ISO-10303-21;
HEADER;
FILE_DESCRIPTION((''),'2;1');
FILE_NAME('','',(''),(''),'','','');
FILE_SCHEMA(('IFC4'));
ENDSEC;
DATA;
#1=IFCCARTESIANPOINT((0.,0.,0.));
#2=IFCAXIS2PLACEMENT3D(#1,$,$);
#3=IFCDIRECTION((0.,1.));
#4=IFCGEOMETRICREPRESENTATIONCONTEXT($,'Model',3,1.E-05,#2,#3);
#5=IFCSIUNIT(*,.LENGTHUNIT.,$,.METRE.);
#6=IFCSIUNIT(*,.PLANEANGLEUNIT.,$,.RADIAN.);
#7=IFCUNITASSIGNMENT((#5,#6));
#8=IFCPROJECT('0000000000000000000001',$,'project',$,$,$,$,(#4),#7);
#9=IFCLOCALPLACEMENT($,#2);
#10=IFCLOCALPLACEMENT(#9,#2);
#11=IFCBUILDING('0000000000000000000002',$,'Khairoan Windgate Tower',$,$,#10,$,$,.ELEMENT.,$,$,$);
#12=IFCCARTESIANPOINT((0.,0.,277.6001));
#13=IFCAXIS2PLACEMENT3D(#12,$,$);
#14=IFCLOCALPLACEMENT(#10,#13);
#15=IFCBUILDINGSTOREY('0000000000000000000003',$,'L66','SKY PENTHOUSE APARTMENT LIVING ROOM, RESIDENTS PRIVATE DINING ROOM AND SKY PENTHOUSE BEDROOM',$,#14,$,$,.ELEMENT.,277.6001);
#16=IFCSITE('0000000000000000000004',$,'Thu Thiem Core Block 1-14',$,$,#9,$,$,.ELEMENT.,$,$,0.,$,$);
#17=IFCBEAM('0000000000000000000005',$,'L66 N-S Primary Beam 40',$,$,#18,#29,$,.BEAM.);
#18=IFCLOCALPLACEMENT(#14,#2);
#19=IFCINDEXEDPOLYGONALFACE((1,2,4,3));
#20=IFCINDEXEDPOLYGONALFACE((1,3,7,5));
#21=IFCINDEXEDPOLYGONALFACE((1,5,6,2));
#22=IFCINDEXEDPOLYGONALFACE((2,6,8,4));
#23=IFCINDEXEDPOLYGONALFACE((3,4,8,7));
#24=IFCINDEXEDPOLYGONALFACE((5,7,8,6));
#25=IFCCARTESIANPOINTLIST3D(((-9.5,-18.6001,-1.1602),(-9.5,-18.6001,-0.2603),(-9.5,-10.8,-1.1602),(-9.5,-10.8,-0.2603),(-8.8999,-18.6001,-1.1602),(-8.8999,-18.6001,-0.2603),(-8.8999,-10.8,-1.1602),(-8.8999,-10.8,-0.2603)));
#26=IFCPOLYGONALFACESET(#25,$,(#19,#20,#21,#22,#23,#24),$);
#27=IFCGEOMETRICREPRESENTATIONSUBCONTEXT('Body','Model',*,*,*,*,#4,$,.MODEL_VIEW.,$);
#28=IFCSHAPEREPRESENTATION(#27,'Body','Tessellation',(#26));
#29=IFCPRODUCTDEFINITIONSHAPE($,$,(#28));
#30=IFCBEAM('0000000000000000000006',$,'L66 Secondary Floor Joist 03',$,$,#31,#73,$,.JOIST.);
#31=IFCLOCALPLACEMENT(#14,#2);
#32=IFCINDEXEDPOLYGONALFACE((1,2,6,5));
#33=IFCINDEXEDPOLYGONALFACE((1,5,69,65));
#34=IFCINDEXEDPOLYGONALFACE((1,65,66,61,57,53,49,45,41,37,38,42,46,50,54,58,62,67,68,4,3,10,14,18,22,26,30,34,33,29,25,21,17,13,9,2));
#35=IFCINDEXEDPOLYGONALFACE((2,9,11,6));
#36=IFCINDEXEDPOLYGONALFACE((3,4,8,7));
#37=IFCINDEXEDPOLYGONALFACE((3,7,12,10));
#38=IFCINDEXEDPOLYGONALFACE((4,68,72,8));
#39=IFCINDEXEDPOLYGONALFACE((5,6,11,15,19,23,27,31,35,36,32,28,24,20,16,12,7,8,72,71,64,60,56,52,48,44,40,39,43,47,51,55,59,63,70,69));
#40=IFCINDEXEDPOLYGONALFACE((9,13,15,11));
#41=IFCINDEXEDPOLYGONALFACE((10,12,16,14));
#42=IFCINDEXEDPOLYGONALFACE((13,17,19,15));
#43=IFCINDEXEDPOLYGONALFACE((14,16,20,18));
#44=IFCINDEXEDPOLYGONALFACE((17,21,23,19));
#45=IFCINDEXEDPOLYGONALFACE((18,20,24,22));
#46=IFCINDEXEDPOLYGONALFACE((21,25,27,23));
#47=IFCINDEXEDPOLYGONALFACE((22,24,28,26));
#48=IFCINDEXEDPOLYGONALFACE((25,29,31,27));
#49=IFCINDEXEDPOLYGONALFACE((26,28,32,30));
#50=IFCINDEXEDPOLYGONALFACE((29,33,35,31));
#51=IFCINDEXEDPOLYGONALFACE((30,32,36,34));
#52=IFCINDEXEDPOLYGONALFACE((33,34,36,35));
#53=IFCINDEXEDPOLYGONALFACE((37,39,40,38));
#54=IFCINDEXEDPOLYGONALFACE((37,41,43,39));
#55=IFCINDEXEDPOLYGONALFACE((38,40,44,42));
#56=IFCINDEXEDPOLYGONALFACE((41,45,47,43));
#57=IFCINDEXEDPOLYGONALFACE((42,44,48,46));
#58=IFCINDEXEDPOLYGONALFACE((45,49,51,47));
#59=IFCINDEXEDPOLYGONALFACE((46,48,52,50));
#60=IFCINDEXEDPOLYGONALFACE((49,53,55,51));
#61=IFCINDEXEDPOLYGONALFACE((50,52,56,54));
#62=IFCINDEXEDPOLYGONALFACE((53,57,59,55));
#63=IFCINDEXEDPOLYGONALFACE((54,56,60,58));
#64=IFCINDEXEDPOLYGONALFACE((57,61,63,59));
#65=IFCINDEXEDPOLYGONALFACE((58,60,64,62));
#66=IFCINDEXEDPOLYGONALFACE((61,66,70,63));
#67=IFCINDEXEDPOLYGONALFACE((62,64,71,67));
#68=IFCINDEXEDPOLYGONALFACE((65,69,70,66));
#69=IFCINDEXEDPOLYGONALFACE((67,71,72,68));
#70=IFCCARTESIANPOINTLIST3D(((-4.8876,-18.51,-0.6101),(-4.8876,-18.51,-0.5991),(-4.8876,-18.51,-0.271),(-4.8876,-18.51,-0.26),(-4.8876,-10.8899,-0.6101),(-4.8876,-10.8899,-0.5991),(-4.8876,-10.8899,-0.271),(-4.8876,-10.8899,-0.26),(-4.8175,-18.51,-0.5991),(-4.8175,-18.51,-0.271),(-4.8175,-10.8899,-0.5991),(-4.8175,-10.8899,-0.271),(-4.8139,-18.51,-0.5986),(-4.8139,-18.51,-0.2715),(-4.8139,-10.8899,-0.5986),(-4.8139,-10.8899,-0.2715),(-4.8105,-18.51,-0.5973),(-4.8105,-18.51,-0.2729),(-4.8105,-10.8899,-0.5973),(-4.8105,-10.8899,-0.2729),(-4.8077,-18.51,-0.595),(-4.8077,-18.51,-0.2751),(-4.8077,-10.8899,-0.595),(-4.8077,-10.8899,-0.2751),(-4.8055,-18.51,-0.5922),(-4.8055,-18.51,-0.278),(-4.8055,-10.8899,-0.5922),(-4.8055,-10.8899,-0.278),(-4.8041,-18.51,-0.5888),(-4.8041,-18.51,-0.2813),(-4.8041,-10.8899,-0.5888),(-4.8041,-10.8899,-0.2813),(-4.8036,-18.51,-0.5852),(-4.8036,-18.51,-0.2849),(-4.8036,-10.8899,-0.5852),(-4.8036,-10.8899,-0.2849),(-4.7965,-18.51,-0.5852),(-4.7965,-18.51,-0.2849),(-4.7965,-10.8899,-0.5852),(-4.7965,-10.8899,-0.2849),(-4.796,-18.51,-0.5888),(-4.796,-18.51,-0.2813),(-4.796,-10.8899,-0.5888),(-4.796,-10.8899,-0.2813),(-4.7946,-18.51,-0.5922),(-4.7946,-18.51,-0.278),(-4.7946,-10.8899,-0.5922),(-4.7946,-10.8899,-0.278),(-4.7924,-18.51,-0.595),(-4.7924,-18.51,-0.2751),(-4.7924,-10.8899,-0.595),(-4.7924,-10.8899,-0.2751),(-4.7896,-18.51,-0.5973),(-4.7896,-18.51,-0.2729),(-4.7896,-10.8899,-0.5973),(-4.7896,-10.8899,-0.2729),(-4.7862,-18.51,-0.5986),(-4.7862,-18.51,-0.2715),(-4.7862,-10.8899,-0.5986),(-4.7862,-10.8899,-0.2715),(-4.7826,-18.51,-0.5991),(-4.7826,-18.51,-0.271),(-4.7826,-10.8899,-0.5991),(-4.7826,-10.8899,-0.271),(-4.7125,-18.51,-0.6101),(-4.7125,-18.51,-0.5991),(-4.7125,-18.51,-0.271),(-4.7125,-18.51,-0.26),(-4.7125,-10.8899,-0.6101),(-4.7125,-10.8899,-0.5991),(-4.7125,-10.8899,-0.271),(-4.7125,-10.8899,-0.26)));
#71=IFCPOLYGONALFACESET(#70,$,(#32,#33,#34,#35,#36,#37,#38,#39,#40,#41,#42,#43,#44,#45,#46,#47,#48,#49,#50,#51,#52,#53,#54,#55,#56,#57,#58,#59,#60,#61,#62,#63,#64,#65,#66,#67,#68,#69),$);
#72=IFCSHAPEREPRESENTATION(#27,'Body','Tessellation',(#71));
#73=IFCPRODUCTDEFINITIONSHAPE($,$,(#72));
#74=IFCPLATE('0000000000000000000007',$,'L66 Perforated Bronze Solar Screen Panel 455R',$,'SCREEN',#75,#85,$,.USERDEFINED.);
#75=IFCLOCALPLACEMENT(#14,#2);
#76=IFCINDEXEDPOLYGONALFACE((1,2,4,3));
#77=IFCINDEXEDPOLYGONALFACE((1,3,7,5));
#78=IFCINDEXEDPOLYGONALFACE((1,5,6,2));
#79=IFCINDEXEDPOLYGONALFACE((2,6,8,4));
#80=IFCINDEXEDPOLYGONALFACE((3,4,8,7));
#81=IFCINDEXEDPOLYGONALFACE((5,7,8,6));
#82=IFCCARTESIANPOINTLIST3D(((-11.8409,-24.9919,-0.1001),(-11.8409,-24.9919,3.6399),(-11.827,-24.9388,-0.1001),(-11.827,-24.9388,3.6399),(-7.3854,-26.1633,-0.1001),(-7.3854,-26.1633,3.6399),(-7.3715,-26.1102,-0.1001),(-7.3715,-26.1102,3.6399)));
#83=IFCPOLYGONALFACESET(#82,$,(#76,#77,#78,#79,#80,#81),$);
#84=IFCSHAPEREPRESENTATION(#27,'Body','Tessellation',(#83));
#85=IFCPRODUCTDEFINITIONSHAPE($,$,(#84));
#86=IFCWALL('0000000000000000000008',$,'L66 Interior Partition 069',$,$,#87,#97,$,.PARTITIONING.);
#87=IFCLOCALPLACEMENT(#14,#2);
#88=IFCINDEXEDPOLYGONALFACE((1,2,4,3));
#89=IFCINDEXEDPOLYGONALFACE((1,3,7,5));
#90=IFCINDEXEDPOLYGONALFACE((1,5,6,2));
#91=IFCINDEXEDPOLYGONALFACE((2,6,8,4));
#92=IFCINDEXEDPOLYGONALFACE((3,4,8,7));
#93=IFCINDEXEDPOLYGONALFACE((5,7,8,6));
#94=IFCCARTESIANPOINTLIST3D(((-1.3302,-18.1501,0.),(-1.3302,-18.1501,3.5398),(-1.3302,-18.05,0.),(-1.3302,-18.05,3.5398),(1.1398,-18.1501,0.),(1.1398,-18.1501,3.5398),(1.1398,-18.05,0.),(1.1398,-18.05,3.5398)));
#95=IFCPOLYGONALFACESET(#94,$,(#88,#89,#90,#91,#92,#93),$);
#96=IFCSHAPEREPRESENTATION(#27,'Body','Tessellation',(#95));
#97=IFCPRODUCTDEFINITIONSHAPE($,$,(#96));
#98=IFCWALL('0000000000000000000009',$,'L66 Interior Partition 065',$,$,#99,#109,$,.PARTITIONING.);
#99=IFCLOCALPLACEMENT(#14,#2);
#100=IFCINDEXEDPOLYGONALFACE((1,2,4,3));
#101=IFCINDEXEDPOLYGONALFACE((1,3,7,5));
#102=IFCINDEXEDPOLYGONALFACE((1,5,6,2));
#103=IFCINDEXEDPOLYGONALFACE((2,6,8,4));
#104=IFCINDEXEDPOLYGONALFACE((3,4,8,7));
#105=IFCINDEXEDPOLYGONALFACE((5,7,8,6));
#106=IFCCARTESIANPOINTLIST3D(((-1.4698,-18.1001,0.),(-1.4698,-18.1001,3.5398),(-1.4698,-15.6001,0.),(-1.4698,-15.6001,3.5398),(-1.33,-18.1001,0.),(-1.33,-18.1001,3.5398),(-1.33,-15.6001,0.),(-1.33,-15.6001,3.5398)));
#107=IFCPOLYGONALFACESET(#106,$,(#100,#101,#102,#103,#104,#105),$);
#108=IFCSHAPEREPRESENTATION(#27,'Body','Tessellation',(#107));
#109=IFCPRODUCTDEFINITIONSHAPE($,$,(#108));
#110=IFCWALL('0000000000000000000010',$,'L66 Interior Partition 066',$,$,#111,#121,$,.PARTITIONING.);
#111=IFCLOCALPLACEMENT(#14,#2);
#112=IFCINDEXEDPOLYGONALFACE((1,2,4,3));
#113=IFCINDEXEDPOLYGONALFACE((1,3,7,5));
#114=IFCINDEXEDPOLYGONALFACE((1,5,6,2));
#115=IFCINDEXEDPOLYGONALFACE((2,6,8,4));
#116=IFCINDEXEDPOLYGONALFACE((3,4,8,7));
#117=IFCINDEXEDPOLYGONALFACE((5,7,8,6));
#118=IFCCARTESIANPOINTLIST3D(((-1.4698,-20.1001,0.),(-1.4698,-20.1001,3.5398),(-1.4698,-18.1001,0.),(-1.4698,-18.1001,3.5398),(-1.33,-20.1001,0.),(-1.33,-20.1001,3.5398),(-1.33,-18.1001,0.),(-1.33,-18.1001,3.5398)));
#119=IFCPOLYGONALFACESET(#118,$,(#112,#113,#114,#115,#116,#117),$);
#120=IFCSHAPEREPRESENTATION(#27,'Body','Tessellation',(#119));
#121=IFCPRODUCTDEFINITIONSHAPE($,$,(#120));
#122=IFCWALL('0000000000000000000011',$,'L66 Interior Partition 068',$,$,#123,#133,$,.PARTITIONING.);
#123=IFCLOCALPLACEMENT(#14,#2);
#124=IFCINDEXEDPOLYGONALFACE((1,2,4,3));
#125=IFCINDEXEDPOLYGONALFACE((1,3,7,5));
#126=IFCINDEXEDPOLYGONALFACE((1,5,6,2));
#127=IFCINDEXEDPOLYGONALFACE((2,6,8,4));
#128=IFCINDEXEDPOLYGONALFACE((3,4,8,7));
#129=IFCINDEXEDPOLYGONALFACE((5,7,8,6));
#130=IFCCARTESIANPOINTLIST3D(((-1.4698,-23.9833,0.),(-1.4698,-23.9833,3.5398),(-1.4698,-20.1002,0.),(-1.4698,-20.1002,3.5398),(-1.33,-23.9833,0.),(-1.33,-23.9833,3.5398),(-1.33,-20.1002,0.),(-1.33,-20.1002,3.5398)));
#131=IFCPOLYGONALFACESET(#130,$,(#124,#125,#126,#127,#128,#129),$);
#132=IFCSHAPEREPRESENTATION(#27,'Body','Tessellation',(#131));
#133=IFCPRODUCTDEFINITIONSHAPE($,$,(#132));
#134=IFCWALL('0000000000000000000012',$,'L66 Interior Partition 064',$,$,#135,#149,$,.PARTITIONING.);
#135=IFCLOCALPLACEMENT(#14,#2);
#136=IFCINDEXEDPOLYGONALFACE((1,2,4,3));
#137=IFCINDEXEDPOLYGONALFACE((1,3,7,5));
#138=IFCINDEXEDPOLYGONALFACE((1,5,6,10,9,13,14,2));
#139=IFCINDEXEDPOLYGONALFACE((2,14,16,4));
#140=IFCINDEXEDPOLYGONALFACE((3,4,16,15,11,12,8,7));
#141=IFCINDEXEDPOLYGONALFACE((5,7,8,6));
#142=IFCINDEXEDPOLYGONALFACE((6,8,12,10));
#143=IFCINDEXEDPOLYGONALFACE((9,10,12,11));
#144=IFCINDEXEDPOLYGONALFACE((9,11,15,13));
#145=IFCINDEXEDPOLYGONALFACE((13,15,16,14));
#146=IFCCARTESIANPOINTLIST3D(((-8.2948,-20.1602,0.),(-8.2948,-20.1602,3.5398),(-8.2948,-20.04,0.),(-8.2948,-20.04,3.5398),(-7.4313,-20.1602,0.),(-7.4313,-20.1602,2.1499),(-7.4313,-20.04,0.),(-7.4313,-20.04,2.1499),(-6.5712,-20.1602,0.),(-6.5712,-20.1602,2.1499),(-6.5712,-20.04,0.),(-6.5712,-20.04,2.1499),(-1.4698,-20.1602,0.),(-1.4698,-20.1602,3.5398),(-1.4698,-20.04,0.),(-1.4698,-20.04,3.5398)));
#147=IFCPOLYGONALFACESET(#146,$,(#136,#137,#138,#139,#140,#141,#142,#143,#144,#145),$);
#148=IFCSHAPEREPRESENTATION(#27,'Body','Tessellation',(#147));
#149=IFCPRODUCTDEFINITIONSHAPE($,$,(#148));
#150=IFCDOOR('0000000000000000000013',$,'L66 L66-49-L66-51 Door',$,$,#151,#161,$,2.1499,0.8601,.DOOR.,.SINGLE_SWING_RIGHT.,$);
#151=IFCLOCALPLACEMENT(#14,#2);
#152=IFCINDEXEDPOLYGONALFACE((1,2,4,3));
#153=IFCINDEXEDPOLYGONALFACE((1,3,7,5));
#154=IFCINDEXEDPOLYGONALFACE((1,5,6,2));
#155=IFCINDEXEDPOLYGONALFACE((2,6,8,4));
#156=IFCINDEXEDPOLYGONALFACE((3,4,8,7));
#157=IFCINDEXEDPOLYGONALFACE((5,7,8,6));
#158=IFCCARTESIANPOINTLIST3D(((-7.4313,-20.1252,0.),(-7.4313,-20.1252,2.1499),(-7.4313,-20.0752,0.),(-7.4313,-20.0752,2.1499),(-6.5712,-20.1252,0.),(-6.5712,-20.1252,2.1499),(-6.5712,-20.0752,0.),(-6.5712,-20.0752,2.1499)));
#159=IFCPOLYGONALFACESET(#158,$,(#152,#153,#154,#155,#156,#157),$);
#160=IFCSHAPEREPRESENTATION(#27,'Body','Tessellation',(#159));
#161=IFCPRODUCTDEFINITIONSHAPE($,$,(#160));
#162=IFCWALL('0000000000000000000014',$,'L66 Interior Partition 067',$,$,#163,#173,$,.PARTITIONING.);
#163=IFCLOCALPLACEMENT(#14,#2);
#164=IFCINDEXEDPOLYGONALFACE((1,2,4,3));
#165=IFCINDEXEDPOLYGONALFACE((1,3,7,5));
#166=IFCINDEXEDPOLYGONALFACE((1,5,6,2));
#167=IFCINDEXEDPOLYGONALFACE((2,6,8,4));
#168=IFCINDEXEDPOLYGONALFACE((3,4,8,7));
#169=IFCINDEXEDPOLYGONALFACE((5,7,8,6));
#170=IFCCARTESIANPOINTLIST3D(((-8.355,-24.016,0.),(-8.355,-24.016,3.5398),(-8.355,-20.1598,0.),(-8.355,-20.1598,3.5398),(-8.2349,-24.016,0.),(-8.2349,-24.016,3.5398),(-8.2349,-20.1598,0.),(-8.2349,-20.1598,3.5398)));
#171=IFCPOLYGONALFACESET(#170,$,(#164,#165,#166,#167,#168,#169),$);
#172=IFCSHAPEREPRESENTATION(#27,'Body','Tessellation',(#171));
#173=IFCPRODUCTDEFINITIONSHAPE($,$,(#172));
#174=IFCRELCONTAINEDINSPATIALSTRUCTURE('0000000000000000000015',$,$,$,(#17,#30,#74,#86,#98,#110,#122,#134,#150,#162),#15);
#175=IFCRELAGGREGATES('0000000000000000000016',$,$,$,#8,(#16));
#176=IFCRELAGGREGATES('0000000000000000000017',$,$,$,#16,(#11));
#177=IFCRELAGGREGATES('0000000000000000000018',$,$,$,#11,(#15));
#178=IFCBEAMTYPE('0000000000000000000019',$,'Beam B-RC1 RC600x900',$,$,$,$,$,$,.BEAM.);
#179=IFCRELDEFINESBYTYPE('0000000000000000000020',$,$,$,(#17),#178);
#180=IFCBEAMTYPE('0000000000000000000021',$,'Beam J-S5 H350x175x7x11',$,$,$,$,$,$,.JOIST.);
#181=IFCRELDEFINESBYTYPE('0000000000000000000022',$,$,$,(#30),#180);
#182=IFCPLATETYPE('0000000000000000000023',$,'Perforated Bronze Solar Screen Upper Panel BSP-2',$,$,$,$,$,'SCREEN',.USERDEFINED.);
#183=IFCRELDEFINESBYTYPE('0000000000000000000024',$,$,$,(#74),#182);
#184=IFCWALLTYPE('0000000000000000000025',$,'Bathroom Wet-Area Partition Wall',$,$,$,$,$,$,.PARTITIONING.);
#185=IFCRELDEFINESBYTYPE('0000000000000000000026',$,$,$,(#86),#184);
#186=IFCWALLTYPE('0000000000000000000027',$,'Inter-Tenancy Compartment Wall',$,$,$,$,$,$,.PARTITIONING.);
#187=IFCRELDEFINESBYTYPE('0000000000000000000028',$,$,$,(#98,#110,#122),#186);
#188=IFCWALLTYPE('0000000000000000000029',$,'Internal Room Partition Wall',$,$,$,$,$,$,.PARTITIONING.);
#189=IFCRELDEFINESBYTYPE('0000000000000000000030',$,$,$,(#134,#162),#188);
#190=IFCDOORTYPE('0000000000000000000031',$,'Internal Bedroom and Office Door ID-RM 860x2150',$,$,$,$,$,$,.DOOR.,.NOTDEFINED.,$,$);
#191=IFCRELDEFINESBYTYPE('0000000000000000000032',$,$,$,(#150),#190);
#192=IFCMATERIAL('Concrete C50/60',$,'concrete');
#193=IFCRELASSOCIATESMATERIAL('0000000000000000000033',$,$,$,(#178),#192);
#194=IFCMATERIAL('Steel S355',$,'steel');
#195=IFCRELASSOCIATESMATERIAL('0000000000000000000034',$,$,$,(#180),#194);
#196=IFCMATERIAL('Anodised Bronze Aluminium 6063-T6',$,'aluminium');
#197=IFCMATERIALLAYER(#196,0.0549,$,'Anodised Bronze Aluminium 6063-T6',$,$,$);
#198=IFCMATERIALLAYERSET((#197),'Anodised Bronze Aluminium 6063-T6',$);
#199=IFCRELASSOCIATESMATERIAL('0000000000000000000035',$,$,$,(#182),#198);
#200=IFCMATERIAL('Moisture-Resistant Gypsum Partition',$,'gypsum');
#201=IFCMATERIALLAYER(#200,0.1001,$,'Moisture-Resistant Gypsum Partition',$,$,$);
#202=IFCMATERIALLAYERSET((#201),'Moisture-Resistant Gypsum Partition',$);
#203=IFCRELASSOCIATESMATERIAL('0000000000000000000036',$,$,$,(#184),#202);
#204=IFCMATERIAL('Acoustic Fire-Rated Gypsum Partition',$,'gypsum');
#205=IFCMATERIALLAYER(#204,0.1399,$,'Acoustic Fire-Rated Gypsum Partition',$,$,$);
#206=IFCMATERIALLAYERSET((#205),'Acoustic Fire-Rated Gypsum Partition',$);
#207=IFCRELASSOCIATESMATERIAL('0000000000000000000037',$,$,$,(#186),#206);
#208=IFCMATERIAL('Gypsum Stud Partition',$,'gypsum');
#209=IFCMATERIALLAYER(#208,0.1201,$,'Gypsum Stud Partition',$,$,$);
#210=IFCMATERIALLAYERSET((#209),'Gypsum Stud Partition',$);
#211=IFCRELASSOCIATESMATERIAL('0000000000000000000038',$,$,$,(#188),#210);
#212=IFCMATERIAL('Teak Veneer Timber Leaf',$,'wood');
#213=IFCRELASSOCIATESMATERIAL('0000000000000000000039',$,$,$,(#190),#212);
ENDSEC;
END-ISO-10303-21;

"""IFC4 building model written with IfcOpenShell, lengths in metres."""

from ifc_helpers import new_model, si_unit, direction, frame, frame_2d, origin, origin_2d, place, context, subcontext, project, spatial, rectangle, i_section, extrude, material, layer, layer_set, material_profile, profile_set, type_object, element, fill, save


model = new_model("IFC4")

# Units and contexts
model_context = context("Model", 3, precision=1e-05, world=origin(), true_north=direction((0.0, 1.0)))
body_context = subcontext(model_context, "Body", "Model", "MODEL_VIEW")
ifc_project = project(units=[si_unit("LENGTHUNIT", "METRE"), si_unit("PLANEANGLEUNIT", "RADIAN")], contexts=[model_context])

# Site, building, storey
site_placement = place(None, origin())
site = spatial("IfcSite", under=ifc_project, at=site_placement, Name="Thu Thiem Core Block 1-14", CompositionType="ELEMENT", RefElevation=0.0)
building_placement = place(site_placement, origin())
building = spatial("IfcBuilding", under=site, at=building_placement, Name="Khairoan Windgate Tower", CompositionType="ELEMENT")
storey_placement = place(building_placement, frame((0.0, 0.0, 277.6001)))
storey = spatial("IfcBuildingStorey", under=building, at=storey_placement, Name="L66", Description="SKY PENTHOUSE APARTMENT LIVING ROOM, RESIDENTS PRIVATE DINING ROOM AND SKY PENTHOUSE BEDROOM", CompositionType="ELEMENT", Elevation=277.6001)

# Beams
ifc_material_1 = material(Name="Concrete C50/60", Category="concrete")
ifc_material_profile_1 = material_profile(ifc_material_1, rectangle(XDim=0.6001, YDim=0.8999, at=origin_2d()))
ifc_profile_set_1 = profile_set([ifc_material_profile_1], Name="Concrete C50/60")
beam_type_1 = type_object("IfcBeamType", Name="Beam B-RC1 RC600x900", PredefinedType="BEAM", material=ifc_profile_set_1)
beam_1_placement = place(storey_placement, frame((-9.2, -18.6001, -0.7102), z_axis=(0.0, 1.0, 0.0), x_axis=(-1.0, 0.0, 0.0)))
element("IfcBeam", 1, at=beam_1_placement, inside=storey, type_object=beam_type_1, Name="L66 N-S Primary Beam 40", PredefinedType="BEAM", context=body_context, shape_type="SweptSolid", body=[
    extrude(rectangle(XDim=0.6001, YDim=0.8999, at=origin_2d()), origin(), (0.0, 0.0, 1.0), 7.8),
])
ifc_material_2 = material(Name="Steel S355", Category="steel")
ifc_material_profile_2 = material_profile(ifc_material_2, i_section(OverallWidth=0.175, OverallDepth=0.3501, WebThickness=0.0071, FlangeThickness=0.011, FilletRadius=0.0139, at=origin_2d()))
ifc_profile_set_2 = profile_set([ifc_material_profile_2], Name="Steel S355")
beam_type_2 = type_object("IfcBeamType", Name="Beam J-S5 H350x175x7x11", PredefinedType="JOIST", material=ifc_profile_set_2)
beam_2_placement = place(storey_placement, frame((-4.8, -18.51, -0.4351), z_axis=(0.0, 1.0, 0.0), x_axis=(-1.0, 0.0, 0.0)))
element("IfcBeam", 2, at=beam_2_placement, inside=storey, type_object=beam_type_2, Name="L66 Secondary Floor Joist 03", PredefinedType="JOIST", context=body_context, shape_type="SweptSolid", body=[
    extrude(i_section(OverallWidth=0.175, OverallDepth=0.3501, WebThickness=0.0071, FlangeThickness=0.011, FilletRadius=0.0139, at=origin_2d()), origin(), (0.0, 0.0, 1.0), 7.6201),
])

# Plate
ifc_material_3 = material(Name="Anodised Bronze Aluminium 6063-T6", Category="aluminium")
ifc_layer_1 = layer(ifc_material_3, 0.0549, Name="Anodised Bronze Aluminium 6063-T6")
ifc_layer_set_1 = layer_set([ifc_layer_1], Name="Anodised Bronze Aluminium 6063-T6")
plate_type = type_object("IfcPlateType", Name="Perforated Bronze Solar Screen Upper Panel BSP-2", ElementType="SCREEN", PredefinedType="USERDEFINED", material=ifc_layer_set_1)
plate_placement = place(storey_placement, frame((-9.6062, -25.551, -0.1001), z_axis=(0.0, 0.0, 1.0), x_axis=(-0.967135, 0.254264, 0.0)))
element("IfcPlate", 3, at=plate_placement, inside=storey, type_object=plate_type, Name="L66 Perforated Bronze Solar Screen Panel 455R", ObjectType="SCREEN", PredefinedType="USERDEFINED", context=body_context, shape_type="SweptSolid", body=[
    extrude(rectangle(XDim=4.6069, YDim=0.0549, at=origin_2d()), origin(), (0.0, 0.0, 1.0), 3.74),
])

# Walls
ifc_material_4 = material(Name="Moisture-Resistant Gypsum Partition", Category="gypsum")
ifc_layer_2 = layer(ifc_material_4, 0.1001, Name="Moisture-Resistant Gypsum Partition")
ifc_layer_set_2 = layer_set([ifc_layer_2], Name="Moisture-Resistant Gypsum Partition")
wall_type_1 = type_object("IfcWallType", Name="Bathroom Wet-Area Partition Wall", PredefinedType="PARTITIONING", material=ifc_layer_set_2)
wall_1_placement = place(storey_placement, frame((-1.3301, -18.1001, 0.0), z_axis=(0.0, 0.0, 1.0), x_axis=(1.0, 0.0, 0.0)))
element("IfcWall", 4, at=wall_1_placement, inside=storey, type_object=wall_type_1, Name="L66 Interior Partition 069", PredefinedType="PARTITIONING", context=body_context, shape_type="SweptSolid", body=[
    extrude(rectangle(XDim=2.47, YDim=0.1001, at=frame_2d((1.2349, 0.0))), origin(), (0.0, 0.0, 1.0), 3.5398),
])
ifc_material_5 = material(Name="Acoustic Fire-Rated Gypsum Partition", Category="gypsum")
ifc_layer_3 = layer(ifc_material_5, 0.1399, Name="Acoustic Fire-Rated Gypsum Partition")
ifc_layer_set_3 = layer_set([ifc_layer_3], Name="Acoustic Fire-Rated Gypsum Partition")
wall_type_2 = type_object("IfcWallType", Name="Inter-Tenancy Compartment Wall", PredefinedType="PARTITIONING", material=ifc_layer_set_3)
wall_2_placement = place(storey_placement, frame((-1.3999, -18.1001, 0.0), z_axis=(0.0, 0.0, 1.0), x_axis=(0.0, 1.0, 0.0)))
element("IfcWall", 5, at=wall_2_placement, inside=storey, type_object=wall_type_2, Name="L66 Interior Partition 065", PredefinedType="PARTITIONING", context=body_context, shape_type="SweptSolid", body=[
    extrude(rectangle(XDim=2.5, YDim=0.1399, at=frame_2d((1.25, 0.0))), origin(), (0.0, 0.0, 1.0), 3.5398),
])
wall_3_placement = place(storey_placement, frame((-1.3999, -20.1001, 0.0), z_axis=(0.0, 0.0, 1.0), x_axis=(0.0, 1.0, 0.0)))
element("IfcWall", 6, at=wall_3_placement, inside=storey, type_object=wall_type_2, Name="L66 Interior Partition 066", PredefinedType="PARTITIONING", context=body_context, shape_type="SweptSolid", body=[
    extrude(rectangle(XDim=2.0, YDim=0.1399, at=frame_2d((1.0, 0.0))), origin(), (0.0, 0.0, 1.0), 3.5398),
])
wall_4_placement = place(storey_placement, frame((-1.3999, -23.9832, 0.0), z_axis=(0.0, 0.0, 1.0), x_axis=(0.0, 1.0, 0.0)))
element("IfcWall", 7, at=wall_4_placement, inside=storey, type_object=wall_type_2, Name="L66 Interior Partition 068", PredefinedType="PARTITIONING", context=body_context, shape_type="SweptSolid", body=[
    extrude(rectangle(XDim=3.8831, YDim=0.1399, at=frame_2d((1.9414, 0.0))), origin(), (0.0, 0.0, 1.0), 3.5398),
])

# Wall, opening, door
ifc_material_6 = material(Name="Gypsum Stud Partition", Category="gypsum")
ifc_layer_4 = layer(ifc_material_6, 0.1201, Name="Gypsum Stud Partition")
ifc_layer_set_4 = layer_set([ifc_layer_4], Name="Gypsum Stud Partition")
wall_type_3 = type_object("IfcWallType", Name="Internal Room Partition Wall", PredefinedType="PARTITIONING", material=ifc_layer_set_4)
wall_5_placement = place(storey_placement, frame((-8.2949, -20.1001, 0.0), z_axis=(0.0, 0.0, 1.0), x_axis=(1.0, 0.0, 0.0)))
wall_5 = element("IfcWall", 8, at=wall_5_placement, inside=storey, type_object=wall_type_3, Name="L66 Interior Partition 064", PredefinedType="PARTITIONING", context=body_context, shape_type="SweptSolid", body=[
    extrude(rectangle(XDim=6.825, YDim=0.1201, at=frame_2d((3.4126, 0.0))), origin(), (0.0, 0.0, 1.0), 3.5398),
])
opening_placement = place(wall_5_placement, frame((0.8635, 0.0, 0.0)))
opening = element("IfcOpeningElement", 9, at=opening_placement, cuts=wall_5, PredefinedType="OPENING", context=body_context, shape_type="SweptSolid", body=[
    extrude(rectangle(XDim=0.8601, YDim=2.1499, at=frame_2d((0.4302, 1.075))), frame((0.0, 0.0701, 0.0), z_axis=(0.0, -1.0, 0.0), x_axis=(1.0, 0.0, 0.0)), (0.0, 0.0, 1.0), 0.1401),
])
ifc_material_7 = material(Name="Teak Veneer Timber Leaf", Category="wood")
door_type = type_object("IfcDoorType", Name="Internal Bedroom and Office Door ID-RM 860x2150", OperationType="NOTDEFINED", PredefinedType="DOOR", material=ifc_material_7)
door_placement = place(opening_placement, origin())
door = element("IfcDoor", 10, at=door_placement, inside=storey, type_object=door_type, Name="L66 L66-49-L66-51 Door", OperationType="SINGLE_SWING_RIGHT", OverallHeight=2.1499, OverallWidth=0.8601, PredefinedType="DOOR", context=body_context, shape_type="SweptSolid", body=[
    extrude(rectangle(XDim=0.8601, YDim=2.1499, at=frame_2d((0.4302, 1.075))), frame((0.0, 0.0249, 0.0), z_axis=(0.0, -1.0, 0.0), x_axis=(1.0, 0.0, 0.0)), (0.0, 0.0, 1.0), 0.05),
])
fill(opening, door)

# Wall
wall_6_placement = place(storey_placement, frame((-8.2949, -24.0161, 0.0), z_axis=(0.0, 0.0, 1.0), x_axis=(0.0, 1.0, 0.0)))
element("IfcWall", 11, at=wall_6_placement, inside=storey, type_object=wall_type_3, Name="L66 Interior Partition 067", PredefinedType="PARTITIONING", context=body_context, shape_type="SweptSolid", body=[
    extrude(rectangle(XDim=3.8562, YDim=0.1201, at=frame_2d((1.9282, 0.0))), origin(), (0.0, 0.0, 1.0), 3.5398),
])

save(model, "model.ifc")
